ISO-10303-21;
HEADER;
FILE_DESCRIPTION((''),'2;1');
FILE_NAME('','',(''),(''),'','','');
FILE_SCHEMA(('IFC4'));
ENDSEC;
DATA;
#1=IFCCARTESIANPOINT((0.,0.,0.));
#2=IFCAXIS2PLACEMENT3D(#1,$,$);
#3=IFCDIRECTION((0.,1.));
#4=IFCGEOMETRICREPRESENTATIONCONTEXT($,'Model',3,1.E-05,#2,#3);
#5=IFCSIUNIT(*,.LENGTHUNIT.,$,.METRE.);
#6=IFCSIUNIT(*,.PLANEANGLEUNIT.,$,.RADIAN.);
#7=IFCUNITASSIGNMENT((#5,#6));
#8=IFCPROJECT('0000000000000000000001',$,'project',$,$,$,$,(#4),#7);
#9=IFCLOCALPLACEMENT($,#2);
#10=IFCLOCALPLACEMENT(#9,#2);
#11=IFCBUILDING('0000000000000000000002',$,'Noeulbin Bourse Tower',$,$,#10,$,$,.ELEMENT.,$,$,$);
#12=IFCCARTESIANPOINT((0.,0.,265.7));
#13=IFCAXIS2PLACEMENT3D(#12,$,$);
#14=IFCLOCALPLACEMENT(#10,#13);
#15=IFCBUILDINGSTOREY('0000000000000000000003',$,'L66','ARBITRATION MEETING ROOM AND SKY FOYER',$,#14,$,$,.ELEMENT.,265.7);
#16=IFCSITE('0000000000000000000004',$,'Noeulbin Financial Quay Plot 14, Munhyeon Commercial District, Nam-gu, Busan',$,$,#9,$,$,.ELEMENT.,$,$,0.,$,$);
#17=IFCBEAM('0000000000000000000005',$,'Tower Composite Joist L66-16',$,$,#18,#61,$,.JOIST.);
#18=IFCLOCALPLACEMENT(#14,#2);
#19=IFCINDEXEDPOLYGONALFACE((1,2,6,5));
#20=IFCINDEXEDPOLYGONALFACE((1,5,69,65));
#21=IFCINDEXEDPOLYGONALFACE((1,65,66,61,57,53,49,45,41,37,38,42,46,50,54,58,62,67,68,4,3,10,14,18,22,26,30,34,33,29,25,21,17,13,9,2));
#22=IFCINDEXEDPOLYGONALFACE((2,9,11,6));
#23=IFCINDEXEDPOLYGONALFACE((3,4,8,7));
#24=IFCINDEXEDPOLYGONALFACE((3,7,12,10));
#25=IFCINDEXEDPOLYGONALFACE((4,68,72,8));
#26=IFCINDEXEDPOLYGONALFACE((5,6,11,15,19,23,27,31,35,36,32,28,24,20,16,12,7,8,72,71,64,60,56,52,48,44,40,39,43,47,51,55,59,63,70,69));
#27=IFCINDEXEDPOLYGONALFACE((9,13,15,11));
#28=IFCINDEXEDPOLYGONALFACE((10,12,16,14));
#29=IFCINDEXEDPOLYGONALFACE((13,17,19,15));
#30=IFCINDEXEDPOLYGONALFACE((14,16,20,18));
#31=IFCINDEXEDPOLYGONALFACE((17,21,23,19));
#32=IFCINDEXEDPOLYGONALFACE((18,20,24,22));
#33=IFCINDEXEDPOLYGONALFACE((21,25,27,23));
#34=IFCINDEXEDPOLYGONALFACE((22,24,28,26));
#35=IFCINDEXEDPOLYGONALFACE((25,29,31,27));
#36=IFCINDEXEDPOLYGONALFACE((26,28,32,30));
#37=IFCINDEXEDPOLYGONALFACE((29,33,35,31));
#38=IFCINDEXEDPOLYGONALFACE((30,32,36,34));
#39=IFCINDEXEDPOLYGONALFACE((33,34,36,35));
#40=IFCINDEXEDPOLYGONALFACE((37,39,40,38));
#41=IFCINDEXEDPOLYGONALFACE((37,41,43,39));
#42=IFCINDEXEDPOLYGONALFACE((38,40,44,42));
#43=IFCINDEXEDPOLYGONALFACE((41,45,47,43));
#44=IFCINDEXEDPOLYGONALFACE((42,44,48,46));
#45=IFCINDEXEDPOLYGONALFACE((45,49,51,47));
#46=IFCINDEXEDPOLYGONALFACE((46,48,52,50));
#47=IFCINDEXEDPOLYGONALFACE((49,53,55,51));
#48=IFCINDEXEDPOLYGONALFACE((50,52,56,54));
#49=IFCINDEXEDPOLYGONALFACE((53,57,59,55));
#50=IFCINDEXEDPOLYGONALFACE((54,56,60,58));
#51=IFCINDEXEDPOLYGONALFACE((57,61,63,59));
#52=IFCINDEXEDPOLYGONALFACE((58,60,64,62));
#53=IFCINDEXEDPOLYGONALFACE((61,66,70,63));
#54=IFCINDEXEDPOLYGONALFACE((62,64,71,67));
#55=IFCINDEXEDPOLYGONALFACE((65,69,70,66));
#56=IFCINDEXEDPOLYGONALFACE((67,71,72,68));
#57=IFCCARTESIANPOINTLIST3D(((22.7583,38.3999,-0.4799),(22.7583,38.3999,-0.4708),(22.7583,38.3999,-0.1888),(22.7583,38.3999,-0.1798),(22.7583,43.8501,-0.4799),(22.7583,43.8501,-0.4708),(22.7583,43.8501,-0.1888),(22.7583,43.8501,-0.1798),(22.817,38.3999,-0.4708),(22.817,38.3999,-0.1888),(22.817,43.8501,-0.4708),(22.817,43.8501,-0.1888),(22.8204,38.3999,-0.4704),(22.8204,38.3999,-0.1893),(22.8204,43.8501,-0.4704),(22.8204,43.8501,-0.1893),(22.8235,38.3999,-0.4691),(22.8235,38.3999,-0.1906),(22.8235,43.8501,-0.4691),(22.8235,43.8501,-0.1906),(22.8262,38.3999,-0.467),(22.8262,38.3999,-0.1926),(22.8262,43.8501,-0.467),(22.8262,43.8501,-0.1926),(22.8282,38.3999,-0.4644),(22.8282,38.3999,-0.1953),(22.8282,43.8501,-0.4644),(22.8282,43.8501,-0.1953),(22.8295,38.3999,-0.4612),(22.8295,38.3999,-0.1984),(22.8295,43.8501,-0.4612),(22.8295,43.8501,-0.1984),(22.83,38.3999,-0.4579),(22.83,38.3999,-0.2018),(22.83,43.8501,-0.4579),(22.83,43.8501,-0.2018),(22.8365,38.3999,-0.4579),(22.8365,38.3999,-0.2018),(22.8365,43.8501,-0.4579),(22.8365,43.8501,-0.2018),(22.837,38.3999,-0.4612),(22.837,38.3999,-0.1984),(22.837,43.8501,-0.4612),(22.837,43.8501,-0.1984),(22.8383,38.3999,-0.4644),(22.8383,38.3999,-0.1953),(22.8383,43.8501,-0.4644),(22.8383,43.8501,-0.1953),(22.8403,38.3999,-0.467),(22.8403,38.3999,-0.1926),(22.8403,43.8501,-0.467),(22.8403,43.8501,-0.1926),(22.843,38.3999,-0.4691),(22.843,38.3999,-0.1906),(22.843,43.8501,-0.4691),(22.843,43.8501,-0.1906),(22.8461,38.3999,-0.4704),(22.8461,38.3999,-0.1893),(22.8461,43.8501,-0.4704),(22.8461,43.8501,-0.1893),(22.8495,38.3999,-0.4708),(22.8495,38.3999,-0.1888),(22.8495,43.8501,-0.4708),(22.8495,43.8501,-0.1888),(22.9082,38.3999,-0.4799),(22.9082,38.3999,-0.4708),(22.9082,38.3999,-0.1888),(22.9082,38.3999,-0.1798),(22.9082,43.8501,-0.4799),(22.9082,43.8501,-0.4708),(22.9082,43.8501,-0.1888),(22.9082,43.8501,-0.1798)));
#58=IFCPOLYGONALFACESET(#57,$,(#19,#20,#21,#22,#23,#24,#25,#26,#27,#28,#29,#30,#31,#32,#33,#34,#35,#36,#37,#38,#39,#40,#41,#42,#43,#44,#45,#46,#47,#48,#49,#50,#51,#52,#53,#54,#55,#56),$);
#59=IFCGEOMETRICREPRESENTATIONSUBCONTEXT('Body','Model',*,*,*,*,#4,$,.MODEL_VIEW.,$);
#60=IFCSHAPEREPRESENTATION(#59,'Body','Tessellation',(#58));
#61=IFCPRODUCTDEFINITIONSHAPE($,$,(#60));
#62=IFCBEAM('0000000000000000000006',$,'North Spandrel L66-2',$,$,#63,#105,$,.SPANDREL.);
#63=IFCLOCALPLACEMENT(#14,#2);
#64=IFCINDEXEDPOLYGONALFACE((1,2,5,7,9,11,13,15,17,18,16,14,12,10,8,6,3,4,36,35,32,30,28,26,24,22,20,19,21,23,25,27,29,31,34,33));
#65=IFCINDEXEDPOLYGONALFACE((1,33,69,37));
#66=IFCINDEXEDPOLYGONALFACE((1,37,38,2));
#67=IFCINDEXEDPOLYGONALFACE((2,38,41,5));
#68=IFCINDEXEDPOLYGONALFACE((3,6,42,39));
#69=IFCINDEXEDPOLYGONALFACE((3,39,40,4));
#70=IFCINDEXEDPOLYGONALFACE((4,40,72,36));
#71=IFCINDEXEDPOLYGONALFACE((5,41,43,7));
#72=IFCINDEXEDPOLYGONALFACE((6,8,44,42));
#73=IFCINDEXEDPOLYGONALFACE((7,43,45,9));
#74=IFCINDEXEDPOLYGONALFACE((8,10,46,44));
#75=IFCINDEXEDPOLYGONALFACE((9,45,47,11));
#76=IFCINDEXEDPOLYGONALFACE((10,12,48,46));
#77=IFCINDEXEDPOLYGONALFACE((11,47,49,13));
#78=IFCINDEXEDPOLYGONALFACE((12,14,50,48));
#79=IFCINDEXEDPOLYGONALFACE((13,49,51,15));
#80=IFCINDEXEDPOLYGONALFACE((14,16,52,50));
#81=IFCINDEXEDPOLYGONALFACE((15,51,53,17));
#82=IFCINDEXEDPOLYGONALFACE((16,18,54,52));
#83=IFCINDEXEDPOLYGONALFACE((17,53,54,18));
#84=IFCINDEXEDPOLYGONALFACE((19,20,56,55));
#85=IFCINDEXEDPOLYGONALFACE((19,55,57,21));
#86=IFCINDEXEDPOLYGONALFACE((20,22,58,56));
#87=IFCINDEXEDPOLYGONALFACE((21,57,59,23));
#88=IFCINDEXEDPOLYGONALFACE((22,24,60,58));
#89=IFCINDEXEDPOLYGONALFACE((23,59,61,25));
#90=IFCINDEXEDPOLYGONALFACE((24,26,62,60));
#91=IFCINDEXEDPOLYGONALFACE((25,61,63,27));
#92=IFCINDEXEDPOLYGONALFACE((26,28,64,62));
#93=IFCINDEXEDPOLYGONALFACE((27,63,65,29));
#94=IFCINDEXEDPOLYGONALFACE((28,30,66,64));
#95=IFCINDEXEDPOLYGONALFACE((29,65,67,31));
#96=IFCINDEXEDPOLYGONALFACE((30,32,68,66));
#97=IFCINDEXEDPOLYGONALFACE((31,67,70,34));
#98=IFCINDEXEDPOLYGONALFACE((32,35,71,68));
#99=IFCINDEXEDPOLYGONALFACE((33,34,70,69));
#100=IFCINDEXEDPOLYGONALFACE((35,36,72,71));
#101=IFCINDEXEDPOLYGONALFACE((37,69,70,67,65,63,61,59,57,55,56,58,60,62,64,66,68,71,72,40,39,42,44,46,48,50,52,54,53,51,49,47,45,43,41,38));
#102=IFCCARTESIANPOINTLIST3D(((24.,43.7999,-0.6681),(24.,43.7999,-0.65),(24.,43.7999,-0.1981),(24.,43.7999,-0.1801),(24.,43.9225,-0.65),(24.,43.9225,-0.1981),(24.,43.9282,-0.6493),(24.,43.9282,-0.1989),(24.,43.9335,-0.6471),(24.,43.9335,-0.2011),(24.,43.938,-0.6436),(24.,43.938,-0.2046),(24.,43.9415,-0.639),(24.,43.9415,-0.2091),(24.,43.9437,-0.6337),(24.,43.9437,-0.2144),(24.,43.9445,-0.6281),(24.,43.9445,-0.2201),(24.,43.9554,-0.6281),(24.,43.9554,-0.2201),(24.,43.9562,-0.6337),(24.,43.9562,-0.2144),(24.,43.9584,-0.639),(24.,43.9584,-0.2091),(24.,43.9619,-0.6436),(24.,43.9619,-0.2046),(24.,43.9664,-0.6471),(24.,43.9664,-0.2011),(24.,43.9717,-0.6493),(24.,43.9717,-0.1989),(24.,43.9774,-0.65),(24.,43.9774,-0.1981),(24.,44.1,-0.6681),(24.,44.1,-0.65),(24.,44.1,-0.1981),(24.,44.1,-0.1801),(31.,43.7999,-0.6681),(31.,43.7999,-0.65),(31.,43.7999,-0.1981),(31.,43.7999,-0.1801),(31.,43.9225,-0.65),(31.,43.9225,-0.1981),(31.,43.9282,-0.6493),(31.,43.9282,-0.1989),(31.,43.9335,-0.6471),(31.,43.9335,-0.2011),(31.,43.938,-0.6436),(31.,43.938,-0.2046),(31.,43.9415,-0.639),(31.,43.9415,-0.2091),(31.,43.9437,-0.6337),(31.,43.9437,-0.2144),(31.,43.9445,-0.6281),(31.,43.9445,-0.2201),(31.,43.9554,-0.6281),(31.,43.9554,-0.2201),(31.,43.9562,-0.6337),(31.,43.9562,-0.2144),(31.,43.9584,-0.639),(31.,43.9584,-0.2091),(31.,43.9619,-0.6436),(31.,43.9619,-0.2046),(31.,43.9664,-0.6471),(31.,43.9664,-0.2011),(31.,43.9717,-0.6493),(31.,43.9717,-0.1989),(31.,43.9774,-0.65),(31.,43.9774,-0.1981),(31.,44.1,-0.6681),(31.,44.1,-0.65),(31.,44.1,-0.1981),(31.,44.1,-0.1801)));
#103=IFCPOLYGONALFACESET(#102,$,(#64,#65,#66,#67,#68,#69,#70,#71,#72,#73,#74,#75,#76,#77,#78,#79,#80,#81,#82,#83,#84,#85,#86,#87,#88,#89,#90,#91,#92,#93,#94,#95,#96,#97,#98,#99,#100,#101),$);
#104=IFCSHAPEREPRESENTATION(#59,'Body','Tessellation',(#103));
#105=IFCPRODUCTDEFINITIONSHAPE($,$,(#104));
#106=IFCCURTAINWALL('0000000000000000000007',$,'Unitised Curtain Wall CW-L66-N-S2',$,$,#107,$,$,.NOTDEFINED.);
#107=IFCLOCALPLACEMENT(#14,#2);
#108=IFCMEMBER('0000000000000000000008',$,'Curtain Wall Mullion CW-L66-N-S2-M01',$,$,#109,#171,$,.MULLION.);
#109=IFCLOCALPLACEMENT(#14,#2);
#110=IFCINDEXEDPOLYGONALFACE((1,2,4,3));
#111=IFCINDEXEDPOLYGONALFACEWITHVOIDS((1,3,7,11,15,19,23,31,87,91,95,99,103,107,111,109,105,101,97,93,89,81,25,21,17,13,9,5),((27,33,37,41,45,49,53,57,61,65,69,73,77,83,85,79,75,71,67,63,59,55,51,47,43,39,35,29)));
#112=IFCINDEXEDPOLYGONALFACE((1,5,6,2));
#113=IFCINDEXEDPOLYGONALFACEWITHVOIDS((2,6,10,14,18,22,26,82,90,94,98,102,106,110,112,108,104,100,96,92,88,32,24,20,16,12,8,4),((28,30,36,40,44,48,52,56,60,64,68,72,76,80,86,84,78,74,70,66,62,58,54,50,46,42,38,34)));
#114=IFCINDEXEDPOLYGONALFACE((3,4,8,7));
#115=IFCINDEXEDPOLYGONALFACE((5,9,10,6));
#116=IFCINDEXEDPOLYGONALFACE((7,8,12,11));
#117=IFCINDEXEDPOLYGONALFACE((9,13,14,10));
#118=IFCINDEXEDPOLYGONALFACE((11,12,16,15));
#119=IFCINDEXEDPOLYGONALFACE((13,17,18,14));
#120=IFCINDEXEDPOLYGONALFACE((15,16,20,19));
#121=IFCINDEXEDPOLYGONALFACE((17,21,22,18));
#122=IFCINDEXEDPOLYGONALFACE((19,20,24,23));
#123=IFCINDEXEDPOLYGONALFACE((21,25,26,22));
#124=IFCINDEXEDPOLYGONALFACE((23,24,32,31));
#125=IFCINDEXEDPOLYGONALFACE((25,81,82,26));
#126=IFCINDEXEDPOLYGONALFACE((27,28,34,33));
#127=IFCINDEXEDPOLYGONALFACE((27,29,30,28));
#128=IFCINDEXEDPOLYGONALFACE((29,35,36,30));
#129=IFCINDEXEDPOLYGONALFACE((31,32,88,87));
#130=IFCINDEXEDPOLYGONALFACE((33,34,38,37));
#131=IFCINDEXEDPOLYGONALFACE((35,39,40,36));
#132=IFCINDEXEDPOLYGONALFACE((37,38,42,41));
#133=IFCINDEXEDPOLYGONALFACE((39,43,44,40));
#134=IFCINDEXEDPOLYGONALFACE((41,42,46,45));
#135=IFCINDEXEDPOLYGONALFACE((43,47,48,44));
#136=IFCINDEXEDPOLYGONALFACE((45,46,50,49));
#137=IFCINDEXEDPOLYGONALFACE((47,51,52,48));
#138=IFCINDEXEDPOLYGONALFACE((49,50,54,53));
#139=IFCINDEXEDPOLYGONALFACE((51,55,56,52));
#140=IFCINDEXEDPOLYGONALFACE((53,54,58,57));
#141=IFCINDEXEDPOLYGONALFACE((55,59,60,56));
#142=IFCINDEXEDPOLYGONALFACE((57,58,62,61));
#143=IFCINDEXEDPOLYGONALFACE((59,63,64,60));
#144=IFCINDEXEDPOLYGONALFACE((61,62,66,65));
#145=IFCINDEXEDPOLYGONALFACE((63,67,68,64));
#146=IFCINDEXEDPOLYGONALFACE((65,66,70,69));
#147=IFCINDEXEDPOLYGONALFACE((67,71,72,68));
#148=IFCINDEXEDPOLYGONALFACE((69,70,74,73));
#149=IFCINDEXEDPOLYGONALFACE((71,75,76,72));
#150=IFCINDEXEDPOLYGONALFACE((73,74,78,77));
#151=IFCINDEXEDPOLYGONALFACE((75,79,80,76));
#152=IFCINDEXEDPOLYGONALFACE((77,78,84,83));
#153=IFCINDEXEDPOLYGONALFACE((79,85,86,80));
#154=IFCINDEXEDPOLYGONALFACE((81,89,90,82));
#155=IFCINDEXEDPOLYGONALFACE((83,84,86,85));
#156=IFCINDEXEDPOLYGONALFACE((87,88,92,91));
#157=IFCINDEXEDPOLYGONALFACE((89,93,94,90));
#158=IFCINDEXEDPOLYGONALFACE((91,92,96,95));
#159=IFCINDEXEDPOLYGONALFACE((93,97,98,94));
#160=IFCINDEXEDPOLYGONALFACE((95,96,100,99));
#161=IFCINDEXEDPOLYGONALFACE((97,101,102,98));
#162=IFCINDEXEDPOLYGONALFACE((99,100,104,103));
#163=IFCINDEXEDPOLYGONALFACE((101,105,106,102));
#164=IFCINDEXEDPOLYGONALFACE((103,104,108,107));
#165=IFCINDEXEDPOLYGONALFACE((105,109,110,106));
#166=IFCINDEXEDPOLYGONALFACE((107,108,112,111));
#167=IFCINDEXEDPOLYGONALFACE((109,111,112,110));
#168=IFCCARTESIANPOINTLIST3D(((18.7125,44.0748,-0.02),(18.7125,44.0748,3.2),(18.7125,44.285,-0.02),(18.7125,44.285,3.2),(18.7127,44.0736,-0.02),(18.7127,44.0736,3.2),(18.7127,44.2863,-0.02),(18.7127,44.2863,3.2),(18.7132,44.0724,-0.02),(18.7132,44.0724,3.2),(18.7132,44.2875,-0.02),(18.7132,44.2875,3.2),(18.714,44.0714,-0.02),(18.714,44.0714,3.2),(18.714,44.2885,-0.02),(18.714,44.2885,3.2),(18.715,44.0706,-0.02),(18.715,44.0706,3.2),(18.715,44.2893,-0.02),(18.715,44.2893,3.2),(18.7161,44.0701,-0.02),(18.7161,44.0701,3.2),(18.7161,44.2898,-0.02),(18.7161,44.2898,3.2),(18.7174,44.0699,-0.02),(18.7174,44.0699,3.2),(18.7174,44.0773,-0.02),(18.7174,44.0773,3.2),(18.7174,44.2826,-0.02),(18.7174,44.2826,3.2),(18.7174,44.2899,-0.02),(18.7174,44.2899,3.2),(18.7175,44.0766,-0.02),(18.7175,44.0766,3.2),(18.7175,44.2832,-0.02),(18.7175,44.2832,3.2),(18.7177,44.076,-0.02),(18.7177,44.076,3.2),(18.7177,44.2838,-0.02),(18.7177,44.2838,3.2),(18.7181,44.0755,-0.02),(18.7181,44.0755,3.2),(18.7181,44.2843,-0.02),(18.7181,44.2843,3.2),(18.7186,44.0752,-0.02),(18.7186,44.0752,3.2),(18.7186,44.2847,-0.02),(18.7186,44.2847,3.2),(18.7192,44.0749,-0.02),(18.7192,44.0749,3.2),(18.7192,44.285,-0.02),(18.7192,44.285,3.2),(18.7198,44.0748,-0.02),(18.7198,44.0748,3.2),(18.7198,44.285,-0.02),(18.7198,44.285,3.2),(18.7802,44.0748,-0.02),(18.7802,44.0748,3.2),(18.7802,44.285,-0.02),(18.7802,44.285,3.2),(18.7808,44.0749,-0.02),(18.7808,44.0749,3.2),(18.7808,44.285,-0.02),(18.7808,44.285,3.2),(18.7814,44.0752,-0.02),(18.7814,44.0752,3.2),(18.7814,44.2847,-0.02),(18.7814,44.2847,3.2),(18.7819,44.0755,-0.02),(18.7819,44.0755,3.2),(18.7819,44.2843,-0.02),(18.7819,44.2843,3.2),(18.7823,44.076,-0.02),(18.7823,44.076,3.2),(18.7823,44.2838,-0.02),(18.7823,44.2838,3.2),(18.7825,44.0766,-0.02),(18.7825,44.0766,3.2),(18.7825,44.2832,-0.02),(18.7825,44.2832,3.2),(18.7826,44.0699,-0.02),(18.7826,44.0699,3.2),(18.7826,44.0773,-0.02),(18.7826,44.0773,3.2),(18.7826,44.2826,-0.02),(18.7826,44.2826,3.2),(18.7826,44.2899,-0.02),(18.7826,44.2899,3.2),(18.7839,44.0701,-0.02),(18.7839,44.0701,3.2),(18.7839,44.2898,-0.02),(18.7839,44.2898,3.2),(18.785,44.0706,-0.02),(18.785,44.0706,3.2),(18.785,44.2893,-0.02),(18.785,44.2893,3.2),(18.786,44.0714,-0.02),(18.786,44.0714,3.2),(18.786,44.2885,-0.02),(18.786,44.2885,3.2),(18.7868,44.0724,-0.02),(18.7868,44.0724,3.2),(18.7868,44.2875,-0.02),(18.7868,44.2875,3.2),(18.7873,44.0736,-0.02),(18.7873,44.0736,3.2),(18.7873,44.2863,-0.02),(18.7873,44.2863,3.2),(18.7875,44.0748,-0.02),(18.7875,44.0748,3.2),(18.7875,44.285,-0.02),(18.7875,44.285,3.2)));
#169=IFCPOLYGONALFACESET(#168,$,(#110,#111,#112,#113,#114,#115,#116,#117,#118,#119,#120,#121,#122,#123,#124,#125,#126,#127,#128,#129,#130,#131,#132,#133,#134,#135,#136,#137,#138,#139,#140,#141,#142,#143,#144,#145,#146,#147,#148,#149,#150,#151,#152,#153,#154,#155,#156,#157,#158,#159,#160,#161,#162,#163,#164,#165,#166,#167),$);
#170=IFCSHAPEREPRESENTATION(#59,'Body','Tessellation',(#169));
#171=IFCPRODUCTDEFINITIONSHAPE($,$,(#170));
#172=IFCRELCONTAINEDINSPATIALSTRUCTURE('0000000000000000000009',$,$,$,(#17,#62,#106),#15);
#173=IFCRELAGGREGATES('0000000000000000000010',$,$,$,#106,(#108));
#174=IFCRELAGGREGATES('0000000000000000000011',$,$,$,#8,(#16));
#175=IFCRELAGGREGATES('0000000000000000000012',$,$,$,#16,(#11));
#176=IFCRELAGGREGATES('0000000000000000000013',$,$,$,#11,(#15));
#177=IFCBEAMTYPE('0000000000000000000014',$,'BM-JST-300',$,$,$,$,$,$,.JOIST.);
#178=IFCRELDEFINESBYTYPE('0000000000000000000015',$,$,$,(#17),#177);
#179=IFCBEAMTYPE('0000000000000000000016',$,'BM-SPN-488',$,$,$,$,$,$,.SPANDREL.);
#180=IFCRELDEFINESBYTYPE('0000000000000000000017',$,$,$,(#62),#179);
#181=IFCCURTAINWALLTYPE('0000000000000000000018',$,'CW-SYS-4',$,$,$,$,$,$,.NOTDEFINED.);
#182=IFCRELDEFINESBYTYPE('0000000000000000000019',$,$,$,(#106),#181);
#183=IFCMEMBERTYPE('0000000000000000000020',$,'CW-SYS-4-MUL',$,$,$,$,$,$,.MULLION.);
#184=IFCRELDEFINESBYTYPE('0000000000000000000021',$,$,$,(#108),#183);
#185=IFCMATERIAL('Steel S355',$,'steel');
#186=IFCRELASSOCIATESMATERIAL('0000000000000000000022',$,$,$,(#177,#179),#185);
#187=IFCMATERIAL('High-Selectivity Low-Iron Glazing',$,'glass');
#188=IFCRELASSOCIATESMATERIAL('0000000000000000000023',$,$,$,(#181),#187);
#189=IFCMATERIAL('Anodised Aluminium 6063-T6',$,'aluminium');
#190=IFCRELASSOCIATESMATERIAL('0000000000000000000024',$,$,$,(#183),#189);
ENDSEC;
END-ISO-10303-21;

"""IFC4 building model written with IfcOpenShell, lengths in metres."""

from ifc_helpers import new_model, si_unit, direction, frame, origin, origin_2d, place, context, subcontext, project, spatial, hollow_rectangle, i_section, extrude, material, material_profile, profile_set, type_object, element, aggregate, save


model = new_model("IFC4")

# Units and contexts
model_context = context("Model", 3, precision=1e-05, world=origin(), true_north=direction((0.0, 1.0)))
body_context = subcontext(model_context, "Body", "Model", "MODEL_VIEW")
ifc_project = project(units=[si_unit("LENGTHUNIT", "METRE"), si_unit("PLANEANGLEUNIT", "RADIAN")], contexts=[model_context])

# Site, building, storey
site_placement = place(None, origin())
site = spatial("IfcSite", under=ifc_project, at=site_placement, Name="Noeulbin Financial Quay Plot 14, Munhyeon Commercial District, Nam-gu, Busan", CompositionType="ELEMENT", RefElevation=0.0)
building_placement = place(site_placement, origin())
building = spatial("IfcBuilding", under=site, at=building_placement, Name="Noeulbin Bourse Tower", CompositionType="ELEMENT")
storey_placement = place(building_placement, frame((0.0, 0.0, 265.7)))
storey = spatial("IfcBuildingStorey", under=building, at=storey_placement, Name="L66", Description="ARBITRATION MEETING ROOM AND SKY FOYER", CompositionType="ELEMENT", Elevation=265.7)

# Shared definitions
ifc_material_1 = material(Name="Steel S355", Category="steel")

# Beams
ifc_material_profile_1 = material_profile(ifc_material_1, i_section(OverallWidth=0.1499, OverallDepth=0.3, WebThickness=0.0066, FlangeThickness=0.009, FilletRadius=0.0129, at=origin_2d()), Name="H-300x150x6.5x9", Category="LoadBearing")
ifc_profile_set_1 = profile_set([ifc_material_profile_1], Name="Steel S355")
beam_type_1 = type_object("IfcBeamType", Name="BM-JST-300", PredefinedType="JOIST", material=ifc_profile_set_1)
for number, where, z_axis, x_axis, name in (
    (1, (22.8333, 38.3999, -0.3298), (0.0, 1.0, 0.0), (-1.0, 0.0, 0.0), "Tower Composite Joist L66-16"),
):
    element("IfcBeam", number, at=place(storey_placement, frame(where, z_axis=z_axis, x_axis=x_axis)), inside=storey, type_object=beam_type_1, Name=name, PredefinedType="JOIST", context=body_context, shape_type="SweptSolid", body=[
        extrude(i_section(OverallWidth=0.1499, OverallDepth=0.3, WebThickness=0.0066, FlangeThickness=0.009, FilletRadius=0.0129, at=origin_2d()), origin(), (0.0, 0.0, 1.0), 5.4502),
    ])
ifc_material_profile_2 = material_profile(ifc_material_1, i_section(OverallWidth=0.3, OverallDepth=0.488, WebThickness=0.011, FlangeThickness=0.0181, FilletRadius=0.022, at=origin_2d()), Name="H-488x300x11x18", Category="LoadBearing")
ifc_profile_set_2 = profile_set([ifc_material_profile_2], Name="Steel S355")
beam_type_2 = type_object("IfcBeamType", Name="BM-SPN-488", PredefinedType="SPANDREL", material=ifc_profile_set_2)
beam_1_placement = place(storey_placement, frame((24.0, 43.95, -0.4241), z_axis=(1.0, 0.0, 0.0), x_axis=(0.0, 1.0, 0.0)))
element("IfcBeam", 2, at=beam_1_placement, inside=storey, type_object=beam_type_2, Name="North Spandrel L66-2", PredefinedType="SPANDREL", context=body_context, shape_type="SweptSolid", body=[
    extrude(i_section(OverallWidth=0.3, OverallDepth=0.488, WebThickness=0.011, FlangeThickness=0.0181, FilletRadius=0.022, at=origin_2d()), origin(), (0.0, 0.0, 1.0), 7.0),
])

# Curtain wall, member
ifc_material_2 = material(Name="High-Selectivity Low-Iron Glazing", Category="glass")
curtain_wall_type = type_object("IfcCurtainWallType", Name="CW-SYS-4", PredefinedType="NOTDEFINED", material=ifc_material_2)
curtain_wall_1_placement = place(storey_placement, origin())
curtain_wall_1 = element("IfcCurtainWall", 3, at=curtain_wall_1_placement, inside=storey, type_object=curtain_wall_type, Name="Unitised Curtain Wall CW-L66-N-S2", PredefinedType="NOTDEFINED")
ifc_material_3 = material(Name="Anodised Aluminium 6063-T6", Category="aluminium")
ifc_material_profile_3 = material_profile(ifc_material_3, hollow_rectangle(XDim=0.075, YDim=0.22, WallThickness=0.0049, InnerFilletRadius=0.0024, OuterFilletRadius=0.0049, at=origin_2d()), Name="ALU-MULL-75x220x5", Category="LoadBearing")
ifc_profile_set_3 = profile_set([ifc_material_profile_3], Name="Anodised Aluminium 6063-T6")
member_type_1 = type_object("IfcMemberType", Name="CW-SYS-4-MUL", PredefinedType="MULLION", material=ifc_profile_set_3)
member_1_placement = place(storey_placement, frame((18.75, 44.1799, -0.02), z_axis=(0.0, 0.0, 1.0), x_axis=(1.0, 0.0, 0.0)))
member_1 = element("IfcMember", 4, at=member_1_placement, type_object=member_type_1, Name="Curtain Wall Mullion CW-L66-N-S2-M01", PredefinedType="MULLION", context=body_context, shape_type="SweptSolid", body=[
    extrude(hollow_rectangle(XDim=0.075, YDim=0.22, WallThickness=0.0049, InnerFilletRadius=0.0024, OuterFilletRadius=0.0049, at=origin_2d()), origin(), (0.0, 0.0, 1.0), 3.22),
])

aggregate(curtain_wall_1, [member_1])

save(model, "model.ifc")
